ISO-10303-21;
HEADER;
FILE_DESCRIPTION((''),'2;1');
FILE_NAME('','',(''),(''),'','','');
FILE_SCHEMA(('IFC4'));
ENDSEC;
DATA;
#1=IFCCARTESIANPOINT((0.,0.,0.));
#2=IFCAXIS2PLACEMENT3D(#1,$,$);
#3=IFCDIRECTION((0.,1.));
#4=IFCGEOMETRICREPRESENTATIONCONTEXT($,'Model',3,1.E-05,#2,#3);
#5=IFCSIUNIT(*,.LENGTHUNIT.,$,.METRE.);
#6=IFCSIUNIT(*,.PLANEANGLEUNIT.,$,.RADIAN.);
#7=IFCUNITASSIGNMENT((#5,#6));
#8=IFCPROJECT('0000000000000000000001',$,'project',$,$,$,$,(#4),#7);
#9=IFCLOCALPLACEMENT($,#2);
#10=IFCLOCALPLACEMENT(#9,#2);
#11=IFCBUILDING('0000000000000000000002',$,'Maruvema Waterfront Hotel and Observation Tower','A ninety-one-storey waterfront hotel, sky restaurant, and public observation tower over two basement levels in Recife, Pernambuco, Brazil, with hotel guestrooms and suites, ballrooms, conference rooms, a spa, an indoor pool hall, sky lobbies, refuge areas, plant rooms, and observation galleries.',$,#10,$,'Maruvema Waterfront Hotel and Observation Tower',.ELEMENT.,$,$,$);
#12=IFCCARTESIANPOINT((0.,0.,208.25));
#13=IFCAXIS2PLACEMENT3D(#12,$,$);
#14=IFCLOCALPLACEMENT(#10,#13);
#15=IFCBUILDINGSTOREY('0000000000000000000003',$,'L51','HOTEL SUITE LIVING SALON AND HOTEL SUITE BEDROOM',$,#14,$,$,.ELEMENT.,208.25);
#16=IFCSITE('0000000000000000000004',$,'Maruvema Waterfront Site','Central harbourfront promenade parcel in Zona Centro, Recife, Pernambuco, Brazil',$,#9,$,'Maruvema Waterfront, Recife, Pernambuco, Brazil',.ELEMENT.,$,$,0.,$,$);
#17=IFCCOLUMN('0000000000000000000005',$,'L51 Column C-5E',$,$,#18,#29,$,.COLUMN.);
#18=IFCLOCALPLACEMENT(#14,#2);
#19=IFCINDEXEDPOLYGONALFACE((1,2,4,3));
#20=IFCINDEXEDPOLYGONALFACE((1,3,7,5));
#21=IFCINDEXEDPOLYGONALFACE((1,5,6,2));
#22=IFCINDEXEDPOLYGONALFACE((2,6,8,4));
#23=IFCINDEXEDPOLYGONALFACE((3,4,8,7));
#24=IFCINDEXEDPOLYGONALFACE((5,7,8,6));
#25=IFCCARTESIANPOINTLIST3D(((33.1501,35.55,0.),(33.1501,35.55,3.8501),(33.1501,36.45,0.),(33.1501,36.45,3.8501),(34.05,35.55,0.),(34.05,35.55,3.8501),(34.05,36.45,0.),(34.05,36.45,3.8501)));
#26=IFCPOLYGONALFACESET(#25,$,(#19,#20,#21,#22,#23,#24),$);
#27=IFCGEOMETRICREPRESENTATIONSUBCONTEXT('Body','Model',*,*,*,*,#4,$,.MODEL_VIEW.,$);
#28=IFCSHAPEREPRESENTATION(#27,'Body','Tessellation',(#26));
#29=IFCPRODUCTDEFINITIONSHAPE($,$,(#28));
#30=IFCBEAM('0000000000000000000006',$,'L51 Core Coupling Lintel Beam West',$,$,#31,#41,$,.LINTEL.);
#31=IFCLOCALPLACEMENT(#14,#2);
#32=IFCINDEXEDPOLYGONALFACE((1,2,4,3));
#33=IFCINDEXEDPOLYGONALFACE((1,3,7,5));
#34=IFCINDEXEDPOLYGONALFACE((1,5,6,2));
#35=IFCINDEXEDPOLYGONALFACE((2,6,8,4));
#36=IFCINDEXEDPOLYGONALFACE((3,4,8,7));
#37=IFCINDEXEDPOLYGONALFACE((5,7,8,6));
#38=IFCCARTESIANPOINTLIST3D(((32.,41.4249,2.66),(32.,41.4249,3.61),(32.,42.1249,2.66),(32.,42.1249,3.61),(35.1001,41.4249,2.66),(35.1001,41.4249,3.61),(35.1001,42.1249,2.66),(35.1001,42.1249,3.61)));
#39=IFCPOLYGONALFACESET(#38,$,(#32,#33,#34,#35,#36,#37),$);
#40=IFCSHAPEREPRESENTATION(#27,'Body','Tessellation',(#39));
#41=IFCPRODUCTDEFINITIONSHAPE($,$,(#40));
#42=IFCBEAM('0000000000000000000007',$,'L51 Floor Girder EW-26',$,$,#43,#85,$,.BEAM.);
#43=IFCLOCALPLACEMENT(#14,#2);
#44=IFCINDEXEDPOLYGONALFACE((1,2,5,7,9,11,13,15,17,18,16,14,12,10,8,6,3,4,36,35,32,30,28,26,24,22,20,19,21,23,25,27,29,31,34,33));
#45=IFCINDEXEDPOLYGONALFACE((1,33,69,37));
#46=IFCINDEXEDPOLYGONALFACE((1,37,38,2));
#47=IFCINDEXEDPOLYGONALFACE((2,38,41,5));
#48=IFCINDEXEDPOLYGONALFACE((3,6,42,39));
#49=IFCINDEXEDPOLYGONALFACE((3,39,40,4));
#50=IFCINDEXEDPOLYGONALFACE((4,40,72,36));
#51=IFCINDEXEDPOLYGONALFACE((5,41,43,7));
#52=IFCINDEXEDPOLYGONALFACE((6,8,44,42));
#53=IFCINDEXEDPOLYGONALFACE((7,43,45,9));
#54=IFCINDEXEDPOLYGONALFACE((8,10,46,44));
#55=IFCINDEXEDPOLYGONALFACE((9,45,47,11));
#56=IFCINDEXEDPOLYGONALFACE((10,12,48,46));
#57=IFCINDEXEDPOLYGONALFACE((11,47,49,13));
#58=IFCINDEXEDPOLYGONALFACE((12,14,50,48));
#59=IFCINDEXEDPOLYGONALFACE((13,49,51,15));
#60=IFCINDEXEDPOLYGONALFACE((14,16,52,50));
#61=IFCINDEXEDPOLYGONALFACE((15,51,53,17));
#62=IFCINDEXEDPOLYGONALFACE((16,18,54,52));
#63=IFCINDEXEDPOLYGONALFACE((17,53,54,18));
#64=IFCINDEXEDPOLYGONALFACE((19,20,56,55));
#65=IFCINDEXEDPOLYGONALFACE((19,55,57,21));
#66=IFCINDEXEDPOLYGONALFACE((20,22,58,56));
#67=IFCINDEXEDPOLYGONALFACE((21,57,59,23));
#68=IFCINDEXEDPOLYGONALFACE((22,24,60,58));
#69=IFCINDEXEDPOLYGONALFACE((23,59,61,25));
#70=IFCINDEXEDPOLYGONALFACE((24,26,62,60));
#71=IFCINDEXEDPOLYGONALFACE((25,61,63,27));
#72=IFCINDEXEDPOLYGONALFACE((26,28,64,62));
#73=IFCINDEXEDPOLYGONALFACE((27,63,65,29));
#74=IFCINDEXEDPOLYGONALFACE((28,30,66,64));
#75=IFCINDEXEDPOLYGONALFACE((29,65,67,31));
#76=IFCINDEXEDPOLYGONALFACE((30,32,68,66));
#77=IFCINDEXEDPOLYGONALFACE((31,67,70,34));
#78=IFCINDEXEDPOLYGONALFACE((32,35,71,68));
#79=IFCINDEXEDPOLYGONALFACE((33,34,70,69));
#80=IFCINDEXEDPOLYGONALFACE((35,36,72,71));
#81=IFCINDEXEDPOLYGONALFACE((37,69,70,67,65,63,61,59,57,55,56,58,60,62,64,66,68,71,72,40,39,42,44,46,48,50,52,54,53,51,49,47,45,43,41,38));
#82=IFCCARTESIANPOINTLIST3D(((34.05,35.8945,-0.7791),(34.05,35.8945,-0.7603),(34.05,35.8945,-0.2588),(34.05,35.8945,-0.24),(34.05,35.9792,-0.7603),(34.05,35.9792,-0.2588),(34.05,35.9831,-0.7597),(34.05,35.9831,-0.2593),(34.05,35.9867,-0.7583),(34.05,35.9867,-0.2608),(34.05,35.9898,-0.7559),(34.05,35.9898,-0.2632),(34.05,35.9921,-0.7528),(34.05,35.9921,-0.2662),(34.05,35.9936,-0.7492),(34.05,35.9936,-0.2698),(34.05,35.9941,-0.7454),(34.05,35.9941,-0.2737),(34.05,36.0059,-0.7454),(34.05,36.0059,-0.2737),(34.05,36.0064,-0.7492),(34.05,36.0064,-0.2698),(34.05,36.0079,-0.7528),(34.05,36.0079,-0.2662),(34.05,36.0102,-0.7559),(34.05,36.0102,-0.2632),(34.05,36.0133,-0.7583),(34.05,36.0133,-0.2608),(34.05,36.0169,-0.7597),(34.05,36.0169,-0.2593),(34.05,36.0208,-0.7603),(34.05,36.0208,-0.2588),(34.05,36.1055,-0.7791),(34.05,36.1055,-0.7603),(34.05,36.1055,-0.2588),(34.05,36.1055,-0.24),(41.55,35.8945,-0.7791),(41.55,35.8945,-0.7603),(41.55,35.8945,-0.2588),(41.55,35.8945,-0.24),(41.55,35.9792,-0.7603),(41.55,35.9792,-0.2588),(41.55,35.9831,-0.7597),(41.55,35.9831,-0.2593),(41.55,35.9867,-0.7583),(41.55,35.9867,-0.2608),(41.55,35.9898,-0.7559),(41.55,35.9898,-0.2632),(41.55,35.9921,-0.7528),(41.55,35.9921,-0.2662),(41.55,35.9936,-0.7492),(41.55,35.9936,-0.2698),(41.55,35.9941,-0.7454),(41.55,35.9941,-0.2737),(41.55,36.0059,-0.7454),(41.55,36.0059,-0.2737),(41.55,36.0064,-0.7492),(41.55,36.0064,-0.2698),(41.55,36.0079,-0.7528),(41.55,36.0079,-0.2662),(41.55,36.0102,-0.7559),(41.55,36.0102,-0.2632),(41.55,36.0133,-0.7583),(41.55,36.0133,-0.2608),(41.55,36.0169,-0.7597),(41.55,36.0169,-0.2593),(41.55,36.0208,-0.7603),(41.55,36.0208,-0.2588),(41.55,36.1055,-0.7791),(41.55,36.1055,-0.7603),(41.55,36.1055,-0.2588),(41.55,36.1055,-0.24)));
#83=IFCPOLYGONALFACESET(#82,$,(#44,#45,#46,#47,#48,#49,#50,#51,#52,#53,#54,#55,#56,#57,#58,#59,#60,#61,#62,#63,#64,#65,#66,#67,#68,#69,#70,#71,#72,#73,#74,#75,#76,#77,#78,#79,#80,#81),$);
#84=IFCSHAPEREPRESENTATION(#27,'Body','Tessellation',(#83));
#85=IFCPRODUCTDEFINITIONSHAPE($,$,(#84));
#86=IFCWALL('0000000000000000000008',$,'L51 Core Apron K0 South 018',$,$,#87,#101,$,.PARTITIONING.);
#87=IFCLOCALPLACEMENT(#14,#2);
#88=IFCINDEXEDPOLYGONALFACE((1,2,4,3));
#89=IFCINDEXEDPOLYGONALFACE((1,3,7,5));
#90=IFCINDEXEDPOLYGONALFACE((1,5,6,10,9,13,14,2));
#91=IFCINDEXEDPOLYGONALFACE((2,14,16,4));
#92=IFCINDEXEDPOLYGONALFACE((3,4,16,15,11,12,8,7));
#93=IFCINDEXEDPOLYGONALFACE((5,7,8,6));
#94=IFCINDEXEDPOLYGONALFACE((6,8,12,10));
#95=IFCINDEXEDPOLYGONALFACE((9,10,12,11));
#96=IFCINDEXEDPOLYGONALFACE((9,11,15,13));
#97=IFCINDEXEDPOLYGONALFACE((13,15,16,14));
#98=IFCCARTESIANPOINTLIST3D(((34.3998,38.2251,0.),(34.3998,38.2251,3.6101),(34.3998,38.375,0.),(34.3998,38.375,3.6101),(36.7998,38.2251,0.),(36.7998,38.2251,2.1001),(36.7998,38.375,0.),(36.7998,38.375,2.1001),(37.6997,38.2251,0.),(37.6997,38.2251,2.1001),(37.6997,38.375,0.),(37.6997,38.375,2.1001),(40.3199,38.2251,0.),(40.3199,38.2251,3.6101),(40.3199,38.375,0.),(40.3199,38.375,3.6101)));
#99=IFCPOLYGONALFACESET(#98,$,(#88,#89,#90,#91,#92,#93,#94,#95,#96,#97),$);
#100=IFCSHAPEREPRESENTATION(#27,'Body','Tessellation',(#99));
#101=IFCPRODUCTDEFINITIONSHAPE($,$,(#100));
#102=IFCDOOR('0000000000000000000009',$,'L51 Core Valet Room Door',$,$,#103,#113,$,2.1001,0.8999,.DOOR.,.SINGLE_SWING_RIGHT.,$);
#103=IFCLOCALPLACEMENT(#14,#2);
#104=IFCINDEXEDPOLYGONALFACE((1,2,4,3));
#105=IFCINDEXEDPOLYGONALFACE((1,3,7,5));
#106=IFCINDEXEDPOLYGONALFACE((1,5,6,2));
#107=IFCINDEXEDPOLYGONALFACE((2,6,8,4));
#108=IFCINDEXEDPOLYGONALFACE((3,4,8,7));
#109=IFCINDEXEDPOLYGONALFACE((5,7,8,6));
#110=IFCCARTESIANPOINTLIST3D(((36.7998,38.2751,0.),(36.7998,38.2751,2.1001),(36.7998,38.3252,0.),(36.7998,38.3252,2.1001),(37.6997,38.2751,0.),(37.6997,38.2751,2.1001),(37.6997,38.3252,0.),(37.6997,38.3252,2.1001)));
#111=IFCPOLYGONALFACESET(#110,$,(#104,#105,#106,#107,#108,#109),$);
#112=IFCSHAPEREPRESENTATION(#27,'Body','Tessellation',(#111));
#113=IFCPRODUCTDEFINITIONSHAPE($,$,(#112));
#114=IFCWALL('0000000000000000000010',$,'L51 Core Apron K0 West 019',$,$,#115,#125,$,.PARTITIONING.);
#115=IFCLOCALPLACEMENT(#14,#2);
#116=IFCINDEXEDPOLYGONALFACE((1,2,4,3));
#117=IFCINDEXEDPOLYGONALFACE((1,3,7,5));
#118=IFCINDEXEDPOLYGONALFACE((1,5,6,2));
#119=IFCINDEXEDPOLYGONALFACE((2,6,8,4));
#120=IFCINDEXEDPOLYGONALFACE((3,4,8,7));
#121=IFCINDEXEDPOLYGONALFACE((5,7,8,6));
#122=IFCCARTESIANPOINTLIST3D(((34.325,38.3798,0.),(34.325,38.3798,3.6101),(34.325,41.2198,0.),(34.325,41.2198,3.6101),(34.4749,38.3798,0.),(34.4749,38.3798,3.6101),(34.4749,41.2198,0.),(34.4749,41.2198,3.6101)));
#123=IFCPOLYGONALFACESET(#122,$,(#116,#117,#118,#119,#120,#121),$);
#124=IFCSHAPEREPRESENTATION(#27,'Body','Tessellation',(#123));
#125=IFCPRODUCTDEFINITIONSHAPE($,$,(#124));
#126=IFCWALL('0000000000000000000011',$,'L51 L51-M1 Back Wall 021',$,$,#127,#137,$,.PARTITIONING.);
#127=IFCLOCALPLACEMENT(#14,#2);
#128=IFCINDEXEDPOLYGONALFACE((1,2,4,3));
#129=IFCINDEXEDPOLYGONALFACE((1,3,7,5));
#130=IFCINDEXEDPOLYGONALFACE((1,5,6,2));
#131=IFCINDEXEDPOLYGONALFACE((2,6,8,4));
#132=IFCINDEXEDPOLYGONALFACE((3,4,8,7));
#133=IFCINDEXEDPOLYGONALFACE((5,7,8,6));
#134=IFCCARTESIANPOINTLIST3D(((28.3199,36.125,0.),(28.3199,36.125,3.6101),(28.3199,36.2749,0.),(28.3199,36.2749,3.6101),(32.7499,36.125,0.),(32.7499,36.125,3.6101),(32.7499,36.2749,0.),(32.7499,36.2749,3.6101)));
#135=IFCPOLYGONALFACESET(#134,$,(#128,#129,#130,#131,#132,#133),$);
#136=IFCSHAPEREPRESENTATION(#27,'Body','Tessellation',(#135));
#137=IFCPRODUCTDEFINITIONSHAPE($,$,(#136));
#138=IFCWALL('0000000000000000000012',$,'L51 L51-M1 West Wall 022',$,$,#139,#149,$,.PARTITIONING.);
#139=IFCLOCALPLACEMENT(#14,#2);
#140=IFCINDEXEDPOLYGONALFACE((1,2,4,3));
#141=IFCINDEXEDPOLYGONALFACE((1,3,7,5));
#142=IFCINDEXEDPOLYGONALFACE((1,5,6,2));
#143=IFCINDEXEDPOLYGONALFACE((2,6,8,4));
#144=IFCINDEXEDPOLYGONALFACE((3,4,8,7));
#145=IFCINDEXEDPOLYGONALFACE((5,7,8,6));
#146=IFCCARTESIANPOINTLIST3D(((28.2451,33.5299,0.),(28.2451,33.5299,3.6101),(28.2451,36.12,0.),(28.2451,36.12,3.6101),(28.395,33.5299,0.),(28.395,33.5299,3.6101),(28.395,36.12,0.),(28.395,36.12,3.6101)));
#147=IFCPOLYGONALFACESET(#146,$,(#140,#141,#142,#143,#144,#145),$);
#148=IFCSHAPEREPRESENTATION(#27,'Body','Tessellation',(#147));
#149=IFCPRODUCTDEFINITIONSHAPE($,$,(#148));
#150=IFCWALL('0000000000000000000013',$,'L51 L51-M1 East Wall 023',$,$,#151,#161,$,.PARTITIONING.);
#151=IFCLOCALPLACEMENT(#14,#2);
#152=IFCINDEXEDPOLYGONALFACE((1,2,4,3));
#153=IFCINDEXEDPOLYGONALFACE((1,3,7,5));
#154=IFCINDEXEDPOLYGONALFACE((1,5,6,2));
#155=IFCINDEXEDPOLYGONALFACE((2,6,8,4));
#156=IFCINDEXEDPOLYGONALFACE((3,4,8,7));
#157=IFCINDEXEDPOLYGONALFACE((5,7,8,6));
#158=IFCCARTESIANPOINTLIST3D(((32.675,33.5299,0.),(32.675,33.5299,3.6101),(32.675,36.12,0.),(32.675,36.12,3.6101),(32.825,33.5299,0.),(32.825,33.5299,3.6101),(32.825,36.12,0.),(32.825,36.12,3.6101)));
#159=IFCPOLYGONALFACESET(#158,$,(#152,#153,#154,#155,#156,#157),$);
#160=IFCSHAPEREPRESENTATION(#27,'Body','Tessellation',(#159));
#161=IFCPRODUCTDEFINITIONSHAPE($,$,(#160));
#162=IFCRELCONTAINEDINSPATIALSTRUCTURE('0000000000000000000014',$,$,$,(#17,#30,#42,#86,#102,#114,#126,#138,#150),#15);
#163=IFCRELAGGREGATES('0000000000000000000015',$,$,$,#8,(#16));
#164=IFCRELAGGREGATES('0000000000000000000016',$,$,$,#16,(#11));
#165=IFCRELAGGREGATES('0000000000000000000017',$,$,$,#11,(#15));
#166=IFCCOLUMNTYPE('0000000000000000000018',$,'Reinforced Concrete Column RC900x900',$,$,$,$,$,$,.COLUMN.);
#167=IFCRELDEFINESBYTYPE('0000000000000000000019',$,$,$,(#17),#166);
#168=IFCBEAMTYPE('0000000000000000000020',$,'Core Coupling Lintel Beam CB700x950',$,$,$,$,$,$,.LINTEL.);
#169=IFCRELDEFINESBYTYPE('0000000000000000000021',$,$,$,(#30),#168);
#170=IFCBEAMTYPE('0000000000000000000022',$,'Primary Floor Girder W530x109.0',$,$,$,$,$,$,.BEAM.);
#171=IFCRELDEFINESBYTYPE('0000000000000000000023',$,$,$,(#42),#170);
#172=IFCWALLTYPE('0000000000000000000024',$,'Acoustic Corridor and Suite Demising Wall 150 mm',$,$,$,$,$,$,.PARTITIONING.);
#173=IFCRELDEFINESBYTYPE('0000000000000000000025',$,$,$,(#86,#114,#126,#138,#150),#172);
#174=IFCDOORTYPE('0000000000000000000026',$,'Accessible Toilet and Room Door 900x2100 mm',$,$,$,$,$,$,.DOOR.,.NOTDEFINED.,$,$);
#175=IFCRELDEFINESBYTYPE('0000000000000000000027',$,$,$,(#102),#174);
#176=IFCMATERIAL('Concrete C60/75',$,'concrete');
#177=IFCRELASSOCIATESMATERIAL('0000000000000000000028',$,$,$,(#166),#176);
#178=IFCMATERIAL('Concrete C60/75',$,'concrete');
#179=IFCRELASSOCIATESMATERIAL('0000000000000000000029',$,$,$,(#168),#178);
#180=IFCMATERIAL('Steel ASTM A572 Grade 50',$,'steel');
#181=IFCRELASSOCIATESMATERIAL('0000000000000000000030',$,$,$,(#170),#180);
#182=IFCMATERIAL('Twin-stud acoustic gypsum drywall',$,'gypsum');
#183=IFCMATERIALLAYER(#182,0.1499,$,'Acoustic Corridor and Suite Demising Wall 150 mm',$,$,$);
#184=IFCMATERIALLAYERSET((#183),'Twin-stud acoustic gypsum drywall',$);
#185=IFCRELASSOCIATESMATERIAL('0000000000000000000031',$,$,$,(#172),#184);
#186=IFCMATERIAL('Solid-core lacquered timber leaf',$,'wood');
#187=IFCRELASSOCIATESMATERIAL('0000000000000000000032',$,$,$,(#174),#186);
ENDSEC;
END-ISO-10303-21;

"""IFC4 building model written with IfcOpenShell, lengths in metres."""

from ifc_helpers import new_model, si_unit, direction, frame, frame_2d, origin, origin_2d, place, context, subcontext, project, spatial, rectangle, i_section, extrude, material, layer, layer_set, material_profile, profile_set, type_object, element, fill, save


model = new_model("IFC4")

# Units and contexts
model_context = context("Model", 3, precision=1e-05, world=origin(), true_north=direction((0.0, 1.0)))
body_context = subcontext(model_context, "Body", "Model", "MODEL_VIEW")
ifc_project = project(units=[si_unit("LENGTHUNIT", "METRE"), si_unit("PLANEANGLEUNIT", "RADIAN")], contexts=[model_context])

# Site, building, storey
site_placement = place(None, origin())
site = spatial("IfcSite", under=ifc_project, at=site_placement, Name="Maruvema Waterfront Site", Description="Central harbourfront promenade parcel in Zona Centro, Recife, Pernambuco, Brazil", LongName="Maruvema Waterfront, Recife, Pernambuco, Brazil", CompositionType="ELEMENT", RefElevation=0.0)
building_placement = place(site_placement, origin())
building = spatial("IfcBuilding", under=site, at=building_placement, Name="Maruvema Waterfront Hotel and Observation Tower", Description="A ninety-one-storey waterfront hotel, sky restaurant, and public observation tower over two basement levels in Recife, Pernambuco, Brazil, with hotel guestrooms and suites, ballrooms, conference rooms, a spa, an indoor pool hall, sky lobbies, refuge areas, plant rooms, and observation galleries.", LongName="Maruvema Waterfront Hotel and Observation Tower", CompositionType="ELEMENT")
storey_placement = place(building_placement, frame((0.0, 0.0, 208.25)))
storey = spatial("IfcBuildingStorey", under=building, at=storey_placement, Name="L51", Description="HOTEL SUITE LIVING SALON AND HOTEL SUITE BEDROOM", CompositionType="ELEMENT", Elevation=208.25)

# Column
ifc_material_1 = material(Name="Concrete C60/75", Category="concrete")
ifc_material_profile_1 = material_profile(ifc_material_1, rectangle(XDim=0.8999, YDim=0.8999, at=origin_2d()), Name="RC900x900")
ifc_profile_set_1 = profile_set([ifc_material_profile_1], Name="Concrete C60/75")
column_type = type_object("IfcColumnType", Name="Reinforced Concrete Column RC900x900", PredefinedType="COLUMN", material=ifc_profile_set_1)
column_placement = place(storey_placement, frame((33.6001, 36.0, 0.0), z_axis=(0.0, 0.0, 1.0), x_axis=(1.0, 0.0, 0.0)))
element("IfcColumn", 1, at=column_placement, inside=storey, type_object=column_type, Name="L51 Column C-5E", PredefinedType="COLUMN", context=body_context, shape_type="SweptSolid", body=[
    extrude(rectangle(XDim=0.8999, YDim=0.8999, at=origin_2d()), origin(), (0.0, 0.0, 1.0), 3.8501),
])

# Beams
ifc_material_2 = material(Name="Concrete C60/75", Category="concrete")
ifc_material_profile_2 = material_profile(ifc_material_2, rectangle(XDim=0.7, YDim=0.95, at=origin_2d()), Name="CB700x950")
ifc_profile_set_2 = profile_set([ifc_material_profile_2], Name="Concrete C60/75")
beam_type_1 = type_object("IfcBeamType", Name="Core Coupling Lintel Beam CB700x950", PredefinedType="LINTEL", material=ifc_profile_set_2)
beam_1_placement = place(storey_placement, frame((32.0, 41.7749, 3.135), z_axis=(1.0, 0.0, 0.0), x_axis=(0.0, 1.0, 0.0)))
element("IfcBeam", 2, at=beam_1_placement, inside=storey, type_object=beam_type_1, Name="L51 Core Coupling Lintel Beam West", PredefinedType="LINTEL", context=body_context, shape_type="SweptSolid", body=[
    extrude(rectangle(XDim=0.7, YDim=0.95, at=origin_2d()), origin(), (0.0, 0.0, 1.0), 3.1001),
])
ifc_material_3 = material(Name="Steel ASTM A572 Grade 50", Category="steel")
ifc_material_profile_3 = material_profile(ifc_material_3, i_section(OverallWidth=0.2109, OverallDepth=0.5391, WebThickness=0.0117, FlangeThickness=0.0188, FilletRadius=0.0149, at=origin_2d()), Name="W530x109.0")
ifc_profile_set_3 = profile_set([ifc_material_profile_3], Name="Steel ASTM A572 Grade 50")
beam_type_2 = type_object("IfcBeamType", Name="Primary Floor Girder W530x109.0", PredefinedType="BEAM", material=ifc_profile_set_3)
beam_2_placement = place(storey_placement, frame((34.05, 36.0, -0.5095), z_axis=(1.0, 0.0, 0.0), x_axis=(0.0, 1.0, 0.0)))
element("IfcBeam", 3, at=beam_2_placement, inside=storey, type_object=beam_type_2, Name="L51 Floor Girder EW-26", PredefinedType="BEAM", context=body_context, shape_type="SweptSolid", body=[
    extrude(i_section(OverallWidth=0.2109, OverallDepth=0.5391, WebThickness=0.0117, FlangeThickness=0.0188, FilletRadius=0.0149, at=origin_2d()), origin(), (0.0, 0.0, 1.0), 7.5),
])

# Wall, opening, door
ifc_material_4 = material(Name="Twin-stud acoustic gypsum drywall", Category="gypsum")
ifc_layer_1 = layer(ifc_material_4, 0.1499, Name="Acoustic Corridor and Suite Demising Wall 150 mm")
ifc_layer_set_1 = layer_set([ifc_layer_1], Name="Twin-stud acoustic gypsum drywall")
wall_type_1 = type_object("IfcWallType", Name="Acoustic Corridor and Suite Demising Wall 150 mm", PredefinedType="PARTITIONING", material=ifc_layer_set_1)
wall_1_placement = place(storey_placement, frame((34.3999, 38.3, 0.0), z_axis=(0.0, 0.0, 1.0), x_axis=(1.0, 0.0, 0.0)))
wall_1 = element("IfcWall", 4, at=wall_1_placement, inside=storey, type_object=wall_type_1, Name="L51 Core Apron K0 South 018", PredefinedType="PARTITIONING", context=body_context, shape_type="SweptSolid", body=[
    extrude(rectangle(XDim=5.9202, YDim=0.1499, at=frame_2d((2.96, 0.0))), origin(), (0.0, 0.0, 1.0), 3.6101),
])
opening_1_placement = place(wall_1_placement, frame((2.3999, 0.0, 0.0)))
opening_1 = element("IfcOpeningElement", 5, at=opening_1_placement, cuts=wall_1, PredefinedType="OPENING", context=body_context, shape_type="SweptSolid", body=[
    extrude(rectangle(XDim=0.8999, YDim=2.1001, at=frame_2d((0.45, 1.05))), frame((0.0, 0.085, 0.0), z_axis=(0.0, -1.0, 0.0), x_axis=(1.0, 0.0, 0.0)), (0.0, 0.0, 1.0), 0.1699),
])
ifc_material_5 = material(Name="Solid-core lacquered timber leaf", Category="wood")
door_type_1 = type_object("IfcDoorType", Name="Accessible Toilet and Room Door 900x2100 mm", OperationType="NOTDEFINED", PredefinedType="DOOR", material=ifc_material_5)
door_1_placement = place(opening_1_placement, frame((0.8999, 0.0, 0.0), z_axis=(0.0, 0.0, 1.0), x_axis=(-1.0, 0.0, 0.0)))
door_1 = element("IfcDoor", 6, at=door_1_placement, inside=storey, type_object=door_type_1, Name="L51 Core Valet Room Door", OperationType="SINGLE_SWING_RIGHT", OverallHeight=2.1001, OverallWidth=0.8999, PredefinedType="DOOR", context=body_context, shape_type="SweptSolid", body=[
    extrude(rectangle(XDim=0.8999, YDim=2.1001, at=frame_2d((0.45, 1.05))), frame((0.0, 0.0249, 0.0), z_axis=(0.0, -1.0, 0.0), x_axis=(1.0, 0.0, 0.0)), (0.0, 0.0, 1.0), 0.05),
])
fill(opening_1, door_1)

# Walls
wall_2_placement = place(storey_placement, frame((34.3999, 38.3799, 0.0), z_axis=(0.0, 0.0, 1.0), x_axis=(0.0, 1.0, 0.0)))
element("IfcWall", 7, at=wall_2_placement, inside=storey, type_object=wall_type_1, Name="L51 Core Apron K0 West 019", PredefinedType="PARTITIONING", context=body_context, shape_type="SweptSolid", body=[
    extrude(rectangle(XDim=2.8401, YDim=0.1499, at=frame_2d((1.4199, 0.0))), origin(), (0.0, 0.0, 1.0), 3.6101),
])
wall_3_placement = place(storey_placement, frame((28.3201, 36.2, 0.0), z_axis=(0.0, 0.0, 1.0), x_axis=(1.0, 0.0, 0.0)))
element("IfcWall", 8, at=wall_3_placement, inside=storey, type_object=wall_type_1, Name="L51 L51-M1 Back Wall 021", PredefinedType="PARTITIONING", context=body_context, shape_type="SweptSolid", body=[
    extrude(rectangle(XDim=4.4299, YDim=0.1499, at=frame_2d((2.2148, 0.0))), origin(), (0.0, 0.0, 1.0), 3.6101),
])
for number, where, z_axis, x_axis, name in (
    (9, (28.3201, 33.53, 0.0), (0.0, 0.0, 1.0), (0.0, 1.0, 0.0), "L51 L51-M1 West Wall 022"),
    (10, (32.75, 33.53, 0.0), (0.0, 0.0, 1.0), (0.0, 1.0, 0.0), "L51 L51-M1 East Wall 023"),
):
    element("IfcWall", number, at=place(storey_placement, frame(where, z_axis=z_axis, x_axis=x_axis)), inside=storey, type_object=wall_type_1, Name=name, PredefinedType="PARTITIONING", context=body_context, shape_type="SweptSolid", body=[
        extrude(rectangle(XDim=2.5901, YDim=0.1499, at=frame_2d((1.2949, 0.0))), origin(), (0.0, 0.0, 1.0), 3.6101),
    ])

save(model, "model.ifc")
